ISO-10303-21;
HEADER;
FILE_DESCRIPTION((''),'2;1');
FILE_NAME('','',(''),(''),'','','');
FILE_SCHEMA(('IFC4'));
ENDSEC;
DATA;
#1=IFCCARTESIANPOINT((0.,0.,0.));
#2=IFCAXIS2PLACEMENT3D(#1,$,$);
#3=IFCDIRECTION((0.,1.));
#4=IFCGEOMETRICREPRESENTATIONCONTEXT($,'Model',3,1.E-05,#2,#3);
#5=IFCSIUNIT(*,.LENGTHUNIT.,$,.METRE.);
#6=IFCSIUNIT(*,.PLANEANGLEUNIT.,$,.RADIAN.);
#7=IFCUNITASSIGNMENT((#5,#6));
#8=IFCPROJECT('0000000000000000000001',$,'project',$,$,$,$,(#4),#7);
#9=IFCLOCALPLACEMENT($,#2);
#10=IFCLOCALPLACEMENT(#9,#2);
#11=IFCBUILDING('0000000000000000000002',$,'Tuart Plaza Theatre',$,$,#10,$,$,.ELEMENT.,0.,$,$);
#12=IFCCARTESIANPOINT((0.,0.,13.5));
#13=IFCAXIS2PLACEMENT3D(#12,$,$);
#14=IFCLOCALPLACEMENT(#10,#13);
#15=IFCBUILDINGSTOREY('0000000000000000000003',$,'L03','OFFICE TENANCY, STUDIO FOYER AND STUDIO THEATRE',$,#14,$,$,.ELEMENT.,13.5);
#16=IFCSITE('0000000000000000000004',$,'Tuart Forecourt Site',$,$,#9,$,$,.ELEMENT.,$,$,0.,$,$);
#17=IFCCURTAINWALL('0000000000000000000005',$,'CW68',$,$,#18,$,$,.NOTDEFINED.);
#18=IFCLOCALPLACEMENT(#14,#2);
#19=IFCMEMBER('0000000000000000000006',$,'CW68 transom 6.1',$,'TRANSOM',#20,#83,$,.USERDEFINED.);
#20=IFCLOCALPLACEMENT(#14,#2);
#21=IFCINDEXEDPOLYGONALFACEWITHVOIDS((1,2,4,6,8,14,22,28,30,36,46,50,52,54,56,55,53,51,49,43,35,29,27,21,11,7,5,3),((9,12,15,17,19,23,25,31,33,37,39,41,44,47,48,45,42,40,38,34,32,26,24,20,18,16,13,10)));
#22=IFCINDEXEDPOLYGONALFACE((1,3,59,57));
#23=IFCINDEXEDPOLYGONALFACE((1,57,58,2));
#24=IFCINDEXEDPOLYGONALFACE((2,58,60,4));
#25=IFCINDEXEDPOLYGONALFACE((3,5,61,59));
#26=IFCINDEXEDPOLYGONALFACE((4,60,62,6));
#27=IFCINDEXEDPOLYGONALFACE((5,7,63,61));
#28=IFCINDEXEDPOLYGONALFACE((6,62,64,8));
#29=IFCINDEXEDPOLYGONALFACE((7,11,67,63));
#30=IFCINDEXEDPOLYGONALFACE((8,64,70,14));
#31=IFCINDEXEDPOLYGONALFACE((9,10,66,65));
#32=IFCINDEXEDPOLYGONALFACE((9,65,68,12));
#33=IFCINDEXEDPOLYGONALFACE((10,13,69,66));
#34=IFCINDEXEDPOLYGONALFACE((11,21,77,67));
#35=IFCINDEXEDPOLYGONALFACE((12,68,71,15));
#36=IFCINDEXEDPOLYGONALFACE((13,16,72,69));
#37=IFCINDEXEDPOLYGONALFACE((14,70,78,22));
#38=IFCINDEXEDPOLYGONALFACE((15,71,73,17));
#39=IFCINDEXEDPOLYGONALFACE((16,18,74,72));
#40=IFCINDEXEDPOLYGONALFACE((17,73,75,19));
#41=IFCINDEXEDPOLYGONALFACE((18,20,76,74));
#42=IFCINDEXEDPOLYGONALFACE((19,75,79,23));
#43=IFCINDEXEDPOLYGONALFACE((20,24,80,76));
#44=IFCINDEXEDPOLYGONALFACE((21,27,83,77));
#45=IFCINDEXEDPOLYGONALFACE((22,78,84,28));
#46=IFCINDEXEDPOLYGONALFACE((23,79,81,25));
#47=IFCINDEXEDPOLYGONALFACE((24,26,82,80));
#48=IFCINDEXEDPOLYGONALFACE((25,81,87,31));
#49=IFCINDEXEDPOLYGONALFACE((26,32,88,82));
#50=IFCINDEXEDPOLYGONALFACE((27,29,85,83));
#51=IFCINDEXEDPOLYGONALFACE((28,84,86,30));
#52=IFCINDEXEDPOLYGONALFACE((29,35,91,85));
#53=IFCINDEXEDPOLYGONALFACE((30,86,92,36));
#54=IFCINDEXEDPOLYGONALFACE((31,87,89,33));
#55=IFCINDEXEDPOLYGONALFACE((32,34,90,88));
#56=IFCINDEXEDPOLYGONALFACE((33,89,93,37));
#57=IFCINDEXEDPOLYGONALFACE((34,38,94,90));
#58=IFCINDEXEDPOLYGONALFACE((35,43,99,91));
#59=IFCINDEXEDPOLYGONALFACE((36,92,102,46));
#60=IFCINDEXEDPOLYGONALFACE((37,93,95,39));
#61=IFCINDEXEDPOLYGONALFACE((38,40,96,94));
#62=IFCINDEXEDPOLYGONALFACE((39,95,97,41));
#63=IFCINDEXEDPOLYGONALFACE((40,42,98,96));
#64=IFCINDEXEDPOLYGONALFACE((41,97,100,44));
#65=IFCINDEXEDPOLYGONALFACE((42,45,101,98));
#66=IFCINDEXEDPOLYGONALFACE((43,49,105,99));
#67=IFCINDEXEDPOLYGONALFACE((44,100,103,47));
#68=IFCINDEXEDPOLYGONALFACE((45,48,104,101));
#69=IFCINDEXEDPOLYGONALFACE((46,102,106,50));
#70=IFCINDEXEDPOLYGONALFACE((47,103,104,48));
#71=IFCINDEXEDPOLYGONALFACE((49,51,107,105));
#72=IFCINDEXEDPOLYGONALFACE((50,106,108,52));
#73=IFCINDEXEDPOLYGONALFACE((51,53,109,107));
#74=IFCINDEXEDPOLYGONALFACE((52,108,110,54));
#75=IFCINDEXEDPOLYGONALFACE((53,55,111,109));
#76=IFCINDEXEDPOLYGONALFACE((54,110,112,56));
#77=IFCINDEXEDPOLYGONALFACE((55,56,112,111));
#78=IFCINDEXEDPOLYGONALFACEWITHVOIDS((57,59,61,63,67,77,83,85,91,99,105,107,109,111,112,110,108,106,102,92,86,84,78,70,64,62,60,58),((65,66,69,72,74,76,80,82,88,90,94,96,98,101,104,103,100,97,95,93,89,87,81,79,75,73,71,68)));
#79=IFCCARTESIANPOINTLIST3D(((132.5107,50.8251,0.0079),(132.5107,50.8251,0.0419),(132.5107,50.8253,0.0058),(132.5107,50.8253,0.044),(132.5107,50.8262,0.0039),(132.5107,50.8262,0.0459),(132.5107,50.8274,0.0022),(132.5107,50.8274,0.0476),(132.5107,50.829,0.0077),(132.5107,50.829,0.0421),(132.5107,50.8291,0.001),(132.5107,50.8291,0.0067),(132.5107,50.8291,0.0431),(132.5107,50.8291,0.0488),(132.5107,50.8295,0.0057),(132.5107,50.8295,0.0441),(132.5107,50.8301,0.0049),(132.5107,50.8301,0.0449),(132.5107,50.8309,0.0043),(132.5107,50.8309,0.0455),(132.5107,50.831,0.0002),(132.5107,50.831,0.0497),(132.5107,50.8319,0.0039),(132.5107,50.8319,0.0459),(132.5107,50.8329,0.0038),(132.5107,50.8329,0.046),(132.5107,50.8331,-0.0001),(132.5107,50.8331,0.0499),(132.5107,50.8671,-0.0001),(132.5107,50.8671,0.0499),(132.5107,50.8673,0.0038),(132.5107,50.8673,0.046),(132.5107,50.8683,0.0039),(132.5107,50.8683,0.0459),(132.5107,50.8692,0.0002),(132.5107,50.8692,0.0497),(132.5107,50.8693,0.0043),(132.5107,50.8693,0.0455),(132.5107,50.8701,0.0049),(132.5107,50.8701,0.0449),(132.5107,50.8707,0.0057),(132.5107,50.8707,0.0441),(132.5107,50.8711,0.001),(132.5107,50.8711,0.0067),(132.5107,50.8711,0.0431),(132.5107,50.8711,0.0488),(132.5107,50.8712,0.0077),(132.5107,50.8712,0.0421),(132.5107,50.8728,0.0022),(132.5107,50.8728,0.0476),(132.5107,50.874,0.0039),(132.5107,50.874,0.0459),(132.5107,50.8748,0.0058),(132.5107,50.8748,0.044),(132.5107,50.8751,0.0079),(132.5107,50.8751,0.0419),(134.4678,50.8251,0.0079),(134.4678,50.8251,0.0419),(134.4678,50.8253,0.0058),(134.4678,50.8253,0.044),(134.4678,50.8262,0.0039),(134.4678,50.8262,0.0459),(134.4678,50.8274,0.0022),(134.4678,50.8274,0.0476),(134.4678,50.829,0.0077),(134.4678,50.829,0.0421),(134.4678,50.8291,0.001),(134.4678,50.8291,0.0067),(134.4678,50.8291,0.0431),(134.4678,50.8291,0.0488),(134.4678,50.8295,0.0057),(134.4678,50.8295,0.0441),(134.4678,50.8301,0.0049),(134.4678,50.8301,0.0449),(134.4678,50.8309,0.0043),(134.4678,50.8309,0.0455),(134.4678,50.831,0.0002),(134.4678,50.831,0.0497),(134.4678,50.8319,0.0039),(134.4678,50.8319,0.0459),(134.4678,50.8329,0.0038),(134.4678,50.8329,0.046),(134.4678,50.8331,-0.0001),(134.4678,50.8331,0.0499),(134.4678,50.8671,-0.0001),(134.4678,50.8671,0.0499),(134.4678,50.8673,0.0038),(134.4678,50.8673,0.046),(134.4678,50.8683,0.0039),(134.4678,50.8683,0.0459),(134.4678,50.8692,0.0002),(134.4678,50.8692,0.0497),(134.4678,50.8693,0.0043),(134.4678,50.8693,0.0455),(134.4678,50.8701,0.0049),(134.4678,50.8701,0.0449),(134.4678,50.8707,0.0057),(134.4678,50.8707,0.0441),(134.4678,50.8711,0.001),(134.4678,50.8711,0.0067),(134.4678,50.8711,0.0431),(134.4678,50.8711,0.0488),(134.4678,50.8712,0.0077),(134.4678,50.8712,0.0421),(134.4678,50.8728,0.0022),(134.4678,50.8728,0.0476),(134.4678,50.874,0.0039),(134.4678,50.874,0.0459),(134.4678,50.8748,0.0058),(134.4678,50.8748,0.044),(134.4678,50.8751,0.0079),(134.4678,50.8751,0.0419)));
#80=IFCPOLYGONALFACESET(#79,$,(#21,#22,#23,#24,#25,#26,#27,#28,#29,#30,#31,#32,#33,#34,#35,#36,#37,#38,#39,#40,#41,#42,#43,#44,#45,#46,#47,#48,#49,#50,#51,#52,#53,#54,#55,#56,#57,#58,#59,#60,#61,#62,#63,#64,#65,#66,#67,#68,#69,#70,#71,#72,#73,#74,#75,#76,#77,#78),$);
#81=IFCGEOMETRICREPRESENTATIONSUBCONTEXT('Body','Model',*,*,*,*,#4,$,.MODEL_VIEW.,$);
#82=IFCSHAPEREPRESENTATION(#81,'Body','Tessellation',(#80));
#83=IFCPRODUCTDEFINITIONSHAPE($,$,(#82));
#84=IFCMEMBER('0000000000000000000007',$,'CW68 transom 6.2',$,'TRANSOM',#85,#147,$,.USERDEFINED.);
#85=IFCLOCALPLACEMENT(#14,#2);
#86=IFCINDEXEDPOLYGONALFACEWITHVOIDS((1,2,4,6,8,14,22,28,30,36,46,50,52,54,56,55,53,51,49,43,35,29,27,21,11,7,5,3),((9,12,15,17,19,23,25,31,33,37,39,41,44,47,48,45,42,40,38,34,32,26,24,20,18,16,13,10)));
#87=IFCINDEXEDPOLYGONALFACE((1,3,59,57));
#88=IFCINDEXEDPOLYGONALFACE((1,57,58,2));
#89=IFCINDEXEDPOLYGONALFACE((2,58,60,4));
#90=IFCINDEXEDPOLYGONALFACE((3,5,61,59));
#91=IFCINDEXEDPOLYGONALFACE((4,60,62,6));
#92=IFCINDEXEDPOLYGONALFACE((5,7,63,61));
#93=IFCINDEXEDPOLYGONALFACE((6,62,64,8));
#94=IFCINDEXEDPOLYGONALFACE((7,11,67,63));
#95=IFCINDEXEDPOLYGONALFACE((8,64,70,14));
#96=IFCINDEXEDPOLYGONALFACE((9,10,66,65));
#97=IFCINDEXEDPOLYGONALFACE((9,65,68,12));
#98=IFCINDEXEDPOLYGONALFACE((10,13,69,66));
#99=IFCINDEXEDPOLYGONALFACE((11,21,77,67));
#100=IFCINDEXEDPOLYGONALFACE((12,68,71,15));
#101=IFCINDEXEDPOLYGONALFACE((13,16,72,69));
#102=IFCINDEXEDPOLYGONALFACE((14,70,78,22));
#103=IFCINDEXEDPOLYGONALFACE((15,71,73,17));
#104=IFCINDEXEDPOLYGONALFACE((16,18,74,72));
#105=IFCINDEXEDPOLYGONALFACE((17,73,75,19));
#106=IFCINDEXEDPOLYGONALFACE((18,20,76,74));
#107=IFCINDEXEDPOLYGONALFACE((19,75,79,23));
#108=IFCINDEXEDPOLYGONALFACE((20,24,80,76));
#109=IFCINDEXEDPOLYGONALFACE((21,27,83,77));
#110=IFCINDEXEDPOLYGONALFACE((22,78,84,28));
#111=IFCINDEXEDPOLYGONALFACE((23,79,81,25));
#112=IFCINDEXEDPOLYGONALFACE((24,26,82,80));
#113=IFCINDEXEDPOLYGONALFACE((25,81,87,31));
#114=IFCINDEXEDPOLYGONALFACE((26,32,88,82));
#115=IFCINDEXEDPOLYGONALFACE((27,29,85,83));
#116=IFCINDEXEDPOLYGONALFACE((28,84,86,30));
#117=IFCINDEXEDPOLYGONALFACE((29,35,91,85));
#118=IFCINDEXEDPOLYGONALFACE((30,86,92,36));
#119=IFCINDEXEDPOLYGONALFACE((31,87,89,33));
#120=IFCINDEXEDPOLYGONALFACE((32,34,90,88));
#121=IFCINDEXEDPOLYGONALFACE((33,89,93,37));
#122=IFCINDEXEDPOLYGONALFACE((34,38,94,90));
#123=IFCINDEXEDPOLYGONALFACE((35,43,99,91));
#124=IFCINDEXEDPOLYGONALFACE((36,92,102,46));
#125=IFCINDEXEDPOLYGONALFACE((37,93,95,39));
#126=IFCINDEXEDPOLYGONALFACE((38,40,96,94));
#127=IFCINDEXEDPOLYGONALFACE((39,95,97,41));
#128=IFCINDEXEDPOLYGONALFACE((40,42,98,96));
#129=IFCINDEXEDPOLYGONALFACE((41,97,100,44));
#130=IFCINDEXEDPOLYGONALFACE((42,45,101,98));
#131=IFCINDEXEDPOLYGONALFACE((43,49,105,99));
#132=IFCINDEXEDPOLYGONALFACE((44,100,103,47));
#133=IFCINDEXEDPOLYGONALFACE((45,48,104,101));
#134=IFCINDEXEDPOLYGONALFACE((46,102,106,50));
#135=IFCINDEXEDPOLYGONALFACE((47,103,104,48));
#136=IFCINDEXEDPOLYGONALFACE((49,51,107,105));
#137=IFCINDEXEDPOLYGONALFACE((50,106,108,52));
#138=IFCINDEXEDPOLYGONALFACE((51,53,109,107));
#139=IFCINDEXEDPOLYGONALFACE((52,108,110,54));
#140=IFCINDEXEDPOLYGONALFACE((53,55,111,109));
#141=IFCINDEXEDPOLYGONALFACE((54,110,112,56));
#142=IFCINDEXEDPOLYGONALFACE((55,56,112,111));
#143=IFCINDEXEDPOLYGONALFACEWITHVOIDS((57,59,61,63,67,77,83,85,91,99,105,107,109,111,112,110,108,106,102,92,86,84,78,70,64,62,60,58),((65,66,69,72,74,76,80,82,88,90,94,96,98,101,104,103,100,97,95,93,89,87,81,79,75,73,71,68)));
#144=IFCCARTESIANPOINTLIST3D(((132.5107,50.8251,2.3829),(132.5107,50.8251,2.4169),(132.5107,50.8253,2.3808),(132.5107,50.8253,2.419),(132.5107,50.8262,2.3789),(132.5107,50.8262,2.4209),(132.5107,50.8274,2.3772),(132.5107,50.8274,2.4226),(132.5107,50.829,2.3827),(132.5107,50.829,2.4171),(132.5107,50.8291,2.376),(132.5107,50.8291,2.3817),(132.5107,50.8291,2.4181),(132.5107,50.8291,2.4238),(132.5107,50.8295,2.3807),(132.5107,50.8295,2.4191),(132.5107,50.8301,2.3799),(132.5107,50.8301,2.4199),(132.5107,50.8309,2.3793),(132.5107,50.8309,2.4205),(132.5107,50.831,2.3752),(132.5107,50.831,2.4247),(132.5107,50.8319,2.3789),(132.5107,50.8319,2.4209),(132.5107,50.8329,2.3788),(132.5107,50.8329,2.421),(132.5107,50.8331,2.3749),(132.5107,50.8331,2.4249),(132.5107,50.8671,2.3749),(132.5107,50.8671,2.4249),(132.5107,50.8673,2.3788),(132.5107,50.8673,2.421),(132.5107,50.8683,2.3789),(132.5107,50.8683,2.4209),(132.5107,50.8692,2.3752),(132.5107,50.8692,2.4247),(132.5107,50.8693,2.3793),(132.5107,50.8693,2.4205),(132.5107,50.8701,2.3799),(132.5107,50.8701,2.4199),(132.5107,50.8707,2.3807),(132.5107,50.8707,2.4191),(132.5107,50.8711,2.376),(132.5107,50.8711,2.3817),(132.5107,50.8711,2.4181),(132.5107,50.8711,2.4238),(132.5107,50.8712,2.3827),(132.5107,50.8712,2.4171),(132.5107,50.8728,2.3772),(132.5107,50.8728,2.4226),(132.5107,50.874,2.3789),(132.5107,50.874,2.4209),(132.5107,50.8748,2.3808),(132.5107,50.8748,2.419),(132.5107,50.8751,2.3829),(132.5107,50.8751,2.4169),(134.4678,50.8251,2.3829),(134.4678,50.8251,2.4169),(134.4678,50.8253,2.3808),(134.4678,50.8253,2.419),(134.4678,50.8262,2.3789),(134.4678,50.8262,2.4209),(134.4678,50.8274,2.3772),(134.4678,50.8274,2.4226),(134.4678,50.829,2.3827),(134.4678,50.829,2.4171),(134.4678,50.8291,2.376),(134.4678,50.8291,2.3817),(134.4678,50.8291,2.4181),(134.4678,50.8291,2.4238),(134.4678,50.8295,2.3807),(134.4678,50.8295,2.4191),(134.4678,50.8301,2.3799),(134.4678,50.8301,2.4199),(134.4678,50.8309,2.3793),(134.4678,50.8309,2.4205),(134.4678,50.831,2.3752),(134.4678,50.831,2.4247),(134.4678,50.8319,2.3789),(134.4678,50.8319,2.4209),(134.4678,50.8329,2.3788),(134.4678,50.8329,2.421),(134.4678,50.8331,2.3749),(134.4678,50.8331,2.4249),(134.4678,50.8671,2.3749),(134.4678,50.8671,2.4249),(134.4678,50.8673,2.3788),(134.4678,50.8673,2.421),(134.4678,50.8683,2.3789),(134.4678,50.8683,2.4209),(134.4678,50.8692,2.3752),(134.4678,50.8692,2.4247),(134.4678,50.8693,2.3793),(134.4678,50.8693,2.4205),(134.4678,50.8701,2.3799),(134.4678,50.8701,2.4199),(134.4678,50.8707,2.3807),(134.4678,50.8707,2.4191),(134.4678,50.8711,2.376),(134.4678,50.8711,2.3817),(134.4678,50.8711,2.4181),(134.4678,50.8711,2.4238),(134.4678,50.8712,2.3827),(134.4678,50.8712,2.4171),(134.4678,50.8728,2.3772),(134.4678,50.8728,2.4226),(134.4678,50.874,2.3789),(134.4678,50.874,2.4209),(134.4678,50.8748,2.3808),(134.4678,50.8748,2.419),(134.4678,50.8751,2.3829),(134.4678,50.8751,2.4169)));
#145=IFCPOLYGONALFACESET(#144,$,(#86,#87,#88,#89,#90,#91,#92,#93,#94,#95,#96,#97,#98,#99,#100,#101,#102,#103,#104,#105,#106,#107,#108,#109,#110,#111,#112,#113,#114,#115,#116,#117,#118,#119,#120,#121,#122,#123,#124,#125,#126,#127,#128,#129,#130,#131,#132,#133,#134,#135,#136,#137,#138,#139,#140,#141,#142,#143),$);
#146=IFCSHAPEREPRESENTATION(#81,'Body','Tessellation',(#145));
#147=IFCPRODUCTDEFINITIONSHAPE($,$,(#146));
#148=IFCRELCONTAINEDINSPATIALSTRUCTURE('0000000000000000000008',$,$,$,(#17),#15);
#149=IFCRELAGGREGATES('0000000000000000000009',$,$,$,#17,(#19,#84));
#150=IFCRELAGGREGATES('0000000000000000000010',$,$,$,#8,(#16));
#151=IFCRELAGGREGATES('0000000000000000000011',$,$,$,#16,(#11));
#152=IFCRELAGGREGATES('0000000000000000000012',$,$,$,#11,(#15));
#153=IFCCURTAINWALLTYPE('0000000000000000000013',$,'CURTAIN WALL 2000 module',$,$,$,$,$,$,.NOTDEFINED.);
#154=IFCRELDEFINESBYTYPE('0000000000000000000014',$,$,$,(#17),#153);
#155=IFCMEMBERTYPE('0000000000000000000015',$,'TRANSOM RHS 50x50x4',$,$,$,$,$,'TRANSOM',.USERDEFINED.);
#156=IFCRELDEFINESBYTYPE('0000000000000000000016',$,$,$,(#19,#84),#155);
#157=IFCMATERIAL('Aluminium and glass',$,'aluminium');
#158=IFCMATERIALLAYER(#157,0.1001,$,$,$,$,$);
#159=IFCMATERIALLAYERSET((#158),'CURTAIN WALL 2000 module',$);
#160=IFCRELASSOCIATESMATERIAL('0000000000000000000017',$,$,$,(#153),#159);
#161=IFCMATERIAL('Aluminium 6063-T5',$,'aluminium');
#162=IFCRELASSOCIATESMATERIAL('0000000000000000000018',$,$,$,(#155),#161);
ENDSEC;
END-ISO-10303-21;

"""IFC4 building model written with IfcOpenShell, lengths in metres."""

from ifc_helpers import new_model, si_unit, direction, frame, origin, origin_2d, place, context, subcontext, project, spatial, hollow_rectangle, extrude, material, layer, layer_set, material_profile, profile_set, type_object, element, aggregate, save


model = new_model("IFC4")

# Units and contexts
model_context = context("Model", 3, precision=1e-05, world=origin(), true_north=direction((0.0, 1.0)))
body_context = subcontext(model_context, "Body", "Model", "MODEL_VIEW")
ifc_project = project(units=[si_unit("LENGTHUNIT", "METRE"), si_unit("PLANEANGLEUNIT", "RADIAN")], contexts=[model_context])

# Site, building, storey
site_placement = place(None, origin())
site = spatial("IfcSite", under=ifc_project, at=site_placement, Name="Tuart Forecourt Site", CompositionType="ELEMENT", RefElevation=0.0)
building_placement = place(site_placement, origin())
building = spatial("IfcBuilding", under=site, at=building_placement, Name="Tuart Plaza Theatre", CompositionType="ELEMENT", ElevationOfRefHeight=0.0)
storey_placement = place(building_placement, frame((0.0, 0.0, 13.5)))
storey = spatial("IfcBuildingStorey", under=building, at=storey_placement, Name="L03", Description="OFFICE TENANCY, STUDIO FOYER AND STUDIO THEATRE", CompositionType="ELEMENT", Elevation=13.5)

# Curtain wall, members
ifc_material_1 = material(Name="Aluminium and glass", Category="aluminium")
ifc_layer_1 = layer(ifc_material_1, 0.1001)
ifc_layer_set_1 = layer_set([ifc_layer_1], Name="CURTAIN WALL 2000 module")
curtain_wall_type = type_object("IfcCurtainWallType", Name="CURTAIN WALL 2000 module", PredefinedType="NOTDEFINED", material=ifc_layer_set_1)
curtain_wall_placement = place(storey_placement, origin())
curtain_wall = element("IfcCurtainWall", 1, at=curtain_wall_placement, inside=storey, type_object=curtain_wall_type, Name="CW68", PredefinedType="NOTDEFINED")
ifc_material_2 = material(Name="Aluminium 6063-T5", Category="aluminium")
ifc_material_profile_1 = material_profile(ifc_material_2, hollow_rectangle(XDim=0.05, YDim=0.05, WallThickness=0.0039, InnerFilletRadius=0.0039, OuterFilletRadius=0.0081, at=origin_2d()), Name="RHS 50x50x4")
ifc_profile_set_1 = profile_set([ifc_material_profile_1], Name="Aluminium 6063-T5")
member_type_1 = type_object("IfcMemberType", Name="TRANSOM RHS 50x50x4", ElementType="TRANSOM", PredefinedType="USERDEFINED", material=ifc_profile_set_1)
member_1_placement = place(storey_placement, frame((132.5107, 50.8501, 0.0249), z_axis=(1.0, 0.0, 0.0), x_axis=(0.0, 1.0, 0.0)))
member_1 = element("IfcMember", 2, at=member_1_placement, type_object=member_type_1, Name="CW68 transom 6.1", ObjectType="TRANSOM", PredefinedType="USERDEFINED", context=body_context, shape_type="SweptSolid", body=[
    extrude(hollow_rectangle(XDim=0.05, YDim=0.05, WallThickness=0.0039, InnerFilletRadius=0.0039, OuterFilletRadius=0.0081, at=origin_2d()), origin(), (0.0, 0.0, 1.0), 1.957),
])
member_2_placement = place(storey_placement, frame((132.5107, 50.8501, 2.3999), z_axis=(1.0, 0.0, 0.0), x_axis=(0.0, 1.0, 0.0)))
member_2 = element("IfcMember", 3, at=member_2_placement, type_object=member_type_1, Name="CW68 transom 6.2", ObjectType="TRANSOM", PredefinedType="USERDEFINED", context=body_context, shape_type="SweptSolid", body=[
    extrude(hollow_rectangle(XDim=0.05, YDim=0.05, WallThickness=0.0039, InnerFilletRadius=0.0039, OuterFilletRadius=0.0081, at=origin_2d()), origin(), (0.0, 0.0, 1.0), 1.957),
])
aggregate(curtain_wall, [member_1, member_2])

save(model, "model.ifc")
